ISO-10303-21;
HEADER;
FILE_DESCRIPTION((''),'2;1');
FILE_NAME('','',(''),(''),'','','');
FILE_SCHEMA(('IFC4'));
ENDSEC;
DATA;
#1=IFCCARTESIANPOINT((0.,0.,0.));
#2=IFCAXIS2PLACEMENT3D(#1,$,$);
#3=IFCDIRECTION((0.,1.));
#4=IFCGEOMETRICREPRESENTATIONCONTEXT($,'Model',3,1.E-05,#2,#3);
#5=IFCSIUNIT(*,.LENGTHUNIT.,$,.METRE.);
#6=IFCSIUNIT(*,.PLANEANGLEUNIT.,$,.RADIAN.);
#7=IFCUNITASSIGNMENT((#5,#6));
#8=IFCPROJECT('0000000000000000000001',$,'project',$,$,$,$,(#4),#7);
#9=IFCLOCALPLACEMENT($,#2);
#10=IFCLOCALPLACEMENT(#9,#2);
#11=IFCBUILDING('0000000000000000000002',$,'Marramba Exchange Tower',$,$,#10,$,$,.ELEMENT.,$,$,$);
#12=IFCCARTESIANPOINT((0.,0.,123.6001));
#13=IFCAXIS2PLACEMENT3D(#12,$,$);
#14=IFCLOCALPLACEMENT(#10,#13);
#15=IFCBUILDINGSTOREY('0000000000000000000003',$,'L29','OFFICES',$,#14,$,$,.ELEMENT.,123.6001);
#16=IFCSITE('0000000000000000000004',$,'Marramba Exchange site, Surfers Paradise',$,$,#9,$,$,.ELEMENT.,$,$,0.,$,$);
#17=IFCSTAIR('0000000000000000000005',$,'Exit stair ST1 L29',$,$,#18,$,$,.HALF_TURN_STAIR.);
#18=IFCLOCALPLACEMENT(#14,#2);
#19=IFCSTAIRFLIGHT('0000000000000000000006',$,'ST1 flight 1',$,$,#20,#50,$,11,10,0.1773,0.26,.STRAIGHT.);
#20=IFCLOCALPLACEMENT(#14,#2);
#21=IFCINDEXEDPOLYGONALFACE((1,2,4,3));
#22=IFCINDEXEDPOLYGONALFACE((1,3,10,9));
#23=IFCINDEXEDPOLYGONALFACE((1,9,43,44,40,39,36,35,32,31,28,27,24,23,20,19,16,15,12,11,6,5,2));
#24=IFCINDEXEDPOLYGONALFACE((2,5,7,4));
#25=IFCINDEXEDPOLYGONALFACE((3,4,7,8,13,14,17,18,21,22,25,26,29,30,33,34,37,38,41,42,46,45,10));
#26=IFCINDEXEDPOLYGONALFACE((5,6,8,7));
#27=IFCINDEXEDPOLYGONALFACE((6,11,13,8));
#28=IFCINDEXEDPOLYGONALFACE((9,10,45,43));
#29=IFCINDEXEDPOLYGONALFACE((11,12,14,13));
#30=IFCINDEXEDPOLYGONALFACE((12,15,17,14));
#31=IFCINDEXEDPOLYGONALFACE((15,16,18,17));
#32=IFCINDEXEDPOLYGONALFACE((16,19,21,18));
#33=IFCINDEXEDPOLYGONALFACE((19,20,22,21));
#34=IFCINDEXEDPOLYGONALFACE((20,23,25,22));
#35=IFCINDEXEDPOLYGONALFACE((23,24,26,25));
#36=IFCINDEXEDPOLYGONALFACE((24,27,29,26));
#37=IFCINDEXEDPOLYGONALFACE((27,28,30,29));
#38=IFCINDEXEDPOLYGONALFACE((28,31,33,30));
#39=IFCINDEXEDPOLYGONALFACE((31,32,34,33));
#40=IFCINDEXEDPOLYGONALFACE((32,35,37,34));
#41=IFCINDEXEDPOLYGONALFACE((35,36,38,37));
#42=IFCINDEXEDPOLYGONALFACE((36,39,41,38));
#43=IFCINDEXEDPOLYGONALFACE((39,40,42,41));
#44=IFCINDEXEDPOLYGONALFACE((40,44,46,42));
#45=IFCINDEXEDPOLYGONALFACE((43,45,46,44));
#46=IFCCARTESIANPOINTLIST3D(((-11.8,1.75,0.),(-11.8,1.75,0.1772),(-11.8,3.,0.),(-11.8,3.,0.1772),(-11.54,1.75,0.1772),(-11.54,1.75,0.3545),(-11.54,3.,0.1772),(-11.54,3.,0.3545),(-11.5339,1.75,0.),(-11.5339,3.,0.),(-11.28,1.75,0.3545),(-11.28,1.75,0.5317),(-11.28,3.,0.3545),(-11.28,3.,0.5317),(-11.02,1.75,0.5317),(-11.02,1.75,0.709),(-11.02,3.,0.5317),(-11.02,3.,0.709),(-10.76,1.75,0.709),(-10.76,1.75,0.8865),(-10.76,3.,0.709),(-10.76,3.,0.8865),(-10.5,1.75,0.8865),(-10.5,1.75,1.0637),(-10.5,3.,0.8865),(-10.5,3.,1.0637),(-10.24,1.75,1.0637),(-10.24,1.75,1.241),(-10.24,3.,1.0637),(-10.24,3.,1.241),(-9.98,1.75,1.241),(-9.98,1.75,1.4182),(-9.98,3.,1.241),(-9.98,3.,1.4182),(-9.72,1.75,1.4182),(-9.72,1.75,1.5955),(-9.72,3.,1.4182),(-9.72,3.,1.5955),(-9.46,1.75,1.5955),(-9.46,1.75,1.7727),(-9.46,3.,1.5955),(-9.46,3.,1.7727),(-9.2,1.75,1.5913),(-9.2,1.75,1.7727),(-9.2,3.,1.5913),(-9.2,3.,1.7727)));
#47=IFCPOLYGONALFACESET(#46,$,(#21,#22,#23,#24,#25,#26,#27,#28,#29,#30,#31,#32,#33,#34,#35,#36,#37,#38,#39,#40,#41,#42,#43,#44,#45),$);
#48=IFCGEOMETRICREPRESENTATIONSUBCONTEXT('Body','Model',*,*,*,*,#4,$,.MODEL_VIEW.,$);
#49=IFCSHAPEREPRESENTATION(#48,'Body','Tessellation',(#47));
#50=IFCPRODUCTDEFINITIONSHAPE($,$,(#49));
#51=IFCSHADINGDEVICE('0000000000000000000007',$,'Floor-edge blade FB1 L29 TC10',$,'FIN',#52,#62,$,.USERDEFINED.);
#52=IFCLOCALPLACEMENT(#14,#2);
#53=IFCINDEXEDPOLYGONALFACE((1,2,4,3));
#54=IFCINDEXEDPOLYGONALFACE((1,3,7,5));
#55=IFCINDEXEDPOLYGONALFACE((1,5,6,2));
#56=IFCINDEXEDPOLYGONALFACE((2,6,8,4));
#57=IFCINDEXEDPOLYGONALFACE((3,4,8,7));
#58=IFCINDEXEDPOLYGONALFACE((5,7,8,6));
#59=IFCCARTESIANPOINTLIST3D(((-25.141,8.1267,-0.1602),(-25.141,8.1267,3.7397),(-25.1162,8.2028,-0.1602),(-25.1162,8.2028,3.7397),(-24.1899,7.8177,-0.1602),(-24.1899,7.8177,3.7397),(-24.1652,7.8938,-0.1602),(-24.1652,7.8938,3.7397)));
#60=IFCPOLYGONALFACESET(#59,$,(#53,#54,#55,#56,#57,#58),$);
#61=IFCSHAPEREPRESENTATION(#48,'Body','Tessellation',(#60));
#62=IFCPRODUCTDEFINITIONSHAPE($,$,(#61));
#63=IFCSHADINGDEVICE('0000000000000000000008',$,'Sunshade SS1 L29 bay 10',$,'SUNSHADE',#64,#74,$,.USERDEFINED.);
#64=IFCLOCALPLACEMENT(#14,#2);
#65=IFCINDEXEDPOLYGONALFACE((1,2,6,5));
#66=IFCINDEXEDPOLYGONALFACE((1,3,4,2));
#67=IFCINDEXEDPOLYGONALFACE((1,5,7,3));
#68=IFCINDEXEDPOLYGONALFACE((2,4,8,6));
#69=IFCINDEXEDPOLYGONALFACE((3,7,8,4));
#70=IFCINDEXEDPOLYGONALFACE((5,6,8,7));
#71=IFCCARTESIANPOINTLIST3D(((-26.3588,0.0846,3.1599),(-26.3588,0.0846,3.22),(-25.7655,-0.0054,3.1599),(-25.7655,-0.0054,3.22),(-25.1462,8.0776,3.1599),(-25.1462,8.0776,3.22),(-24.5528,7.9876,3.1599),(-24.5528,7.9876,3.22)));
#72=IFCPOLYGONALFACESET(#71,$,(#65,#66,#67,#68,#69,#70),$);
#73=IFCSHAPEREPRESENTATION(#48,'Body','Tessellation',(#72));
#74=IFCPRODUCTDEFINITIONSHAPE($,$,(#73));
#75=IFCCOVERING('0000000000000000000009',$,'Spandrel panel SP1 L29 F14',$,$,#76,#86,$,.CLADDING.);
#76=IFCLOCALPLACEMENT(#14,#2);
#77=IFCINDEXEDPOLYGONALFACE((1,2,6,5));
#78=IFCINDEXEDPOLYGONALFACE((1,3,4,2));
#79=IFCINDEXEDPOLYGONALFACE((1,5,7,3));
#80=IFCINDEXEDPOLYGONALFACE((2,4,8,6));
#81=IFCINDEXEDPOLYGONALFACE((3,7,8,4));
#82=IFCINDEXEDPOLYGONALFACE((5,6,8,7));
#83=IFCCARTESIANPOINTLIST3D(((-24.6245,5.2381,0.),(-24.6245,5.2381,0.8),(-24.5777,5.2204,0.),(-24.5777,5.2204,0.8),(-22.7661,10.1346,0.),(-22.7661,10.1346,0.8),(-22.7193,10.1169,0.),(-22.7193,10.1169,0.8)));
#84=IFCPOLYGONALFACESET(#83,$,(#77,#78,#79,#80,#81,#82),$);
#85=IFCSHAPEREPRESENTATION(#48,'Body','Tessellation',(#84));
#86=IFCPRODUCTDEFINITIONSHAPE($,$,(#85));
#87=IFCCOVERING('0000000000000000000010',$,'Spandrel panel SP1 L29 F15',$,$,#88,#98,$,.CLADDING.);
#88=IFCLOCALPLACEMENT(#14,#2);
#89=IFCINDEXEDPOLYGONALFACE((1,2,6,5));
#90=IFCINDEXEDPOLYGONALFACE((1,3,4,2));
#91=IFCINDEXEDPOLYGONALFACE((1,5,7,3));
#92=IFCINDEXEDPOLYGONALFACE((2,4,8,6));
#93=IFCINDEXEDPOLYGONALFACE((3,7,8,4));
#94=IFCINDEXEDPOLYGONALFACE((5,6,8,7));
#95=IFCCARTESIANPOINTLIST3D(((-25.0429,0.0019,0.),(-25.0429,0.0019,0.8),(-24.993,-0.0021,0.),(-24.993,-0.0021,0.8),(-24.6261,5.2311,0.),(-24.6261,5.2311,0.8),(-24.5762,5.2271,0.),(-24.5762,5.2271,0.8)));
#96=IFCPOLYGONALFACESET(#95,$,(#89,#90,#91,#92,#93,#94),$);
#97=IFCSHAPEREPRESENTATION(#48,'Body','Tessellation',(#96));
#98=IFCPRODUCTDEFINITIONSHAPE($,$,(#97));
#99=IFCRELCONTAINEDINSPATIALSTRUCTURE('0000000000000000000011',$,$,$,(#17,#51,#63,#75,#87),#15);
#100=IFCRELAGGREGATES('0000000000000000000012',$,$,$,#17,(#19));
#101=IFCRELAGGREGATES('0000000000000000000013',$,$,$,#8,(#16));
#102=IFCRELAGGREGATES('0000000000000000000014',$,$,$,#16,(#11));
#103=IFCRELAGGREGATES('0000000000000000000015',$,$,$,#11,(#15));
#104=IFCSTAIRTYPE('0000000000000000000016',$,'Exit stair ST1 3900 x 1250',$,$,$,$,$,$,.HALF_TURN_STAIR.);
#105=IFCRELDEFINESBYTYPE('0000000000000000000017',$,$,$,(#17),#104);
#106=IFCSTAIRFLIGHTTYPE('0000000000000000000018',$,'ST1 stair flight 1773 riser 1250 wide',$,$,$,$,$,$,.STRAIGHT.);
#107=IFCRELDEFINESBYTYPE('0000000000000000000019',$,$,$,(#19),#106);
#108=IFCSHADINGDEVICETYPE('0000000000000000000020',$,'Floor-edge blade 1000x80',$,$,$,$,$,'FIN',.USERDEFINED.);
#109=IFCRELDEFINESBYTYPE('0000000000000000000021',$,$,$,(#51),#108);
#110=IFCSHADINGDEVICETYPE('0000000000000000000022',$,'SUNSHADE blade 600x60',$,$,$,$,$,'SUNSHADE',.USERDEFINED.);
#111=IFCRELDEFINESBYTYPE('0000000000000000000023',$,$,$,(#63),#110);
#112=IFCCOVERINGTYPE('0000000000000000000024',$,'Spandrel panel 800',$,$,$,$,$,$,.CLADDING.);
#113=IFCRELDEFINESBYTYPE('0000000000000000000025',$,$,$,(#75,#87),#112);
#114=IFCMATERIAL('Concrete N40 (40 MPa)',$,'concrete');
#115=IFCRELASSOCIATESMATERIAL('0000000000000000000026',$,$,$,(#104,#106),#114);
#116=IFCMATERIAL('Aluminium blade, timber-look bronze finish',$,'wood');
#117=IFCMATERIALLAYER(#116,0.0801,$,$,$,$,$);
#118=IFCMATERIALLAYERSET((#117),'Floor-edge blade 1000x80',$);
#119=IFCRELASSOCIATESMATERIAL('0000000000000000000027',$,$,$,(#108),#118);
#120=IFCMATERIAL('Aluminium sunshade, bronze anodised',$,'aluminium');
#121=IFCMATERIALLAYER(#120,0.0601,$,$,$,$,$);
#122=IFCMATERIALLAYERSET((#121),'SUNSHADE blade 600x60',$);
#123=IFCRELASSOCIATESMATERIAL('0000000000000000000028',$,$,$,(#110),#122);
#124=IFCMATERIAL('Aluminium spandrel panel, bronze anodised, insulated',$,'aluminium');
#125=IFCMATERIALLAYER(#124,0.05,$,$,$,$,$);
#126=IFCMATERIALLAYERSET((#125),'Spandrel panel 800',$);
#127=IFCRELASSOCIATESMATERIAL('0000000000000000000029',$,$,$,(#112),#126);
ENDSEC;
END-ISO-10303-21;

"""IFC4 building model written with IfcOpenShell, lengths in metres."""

from ifc_helpers import new_model, si_unit, direction, frame, origin, origin_2d, place, context, subcontext, project, spatial, polyline, rectangle, outline, extrude, material, layer, layer_set, type_object, element, aggregate, save


model = new_model("IFC4")

# Units and contexts
model_context = context("Model", 3, precision=1e-05, world=origin(), true_north=direction((0.0, 1.0)))
body_context = subcontext(model_context, "Body", "Model", "MODEL_VIEW")
ifc_project = project(units=[si_unit("LENGTHUNIT", "METRE"), si_unit("PLANEANGLEUNIT", "RADIAN")], contexts=[model_context])

# Site, building, storey
site_placement = place(None, origin())
site = spatial("IfcSite", under=ifc_project, at=site_placement, Name="Marramba Exchange site, Surfers Paradise", CompositionType="ELEMENT", RefElevation=0.0)
building_placement = place(site_placement, origin())
building = spatial("IfcBuilding", under=site, at=building_placement, Name="Marramba Exchange Tower", CompositionType="ELEMENT")
storey_placement = place(building_placement, frame((0.0, 0.0, 123.6001)))
storey = spatial("IfcBuildingStorey", under=building, at=storey_placement, Name="L29", Description="OFFICES", CompositionType="ELEMENT", Elevation=123.6001)

# Stair, stair flight
ifc_material_1 = material(Name="Concrete N40 (40 MPa)", Category="concrete")
stair_type = type_object("IfcStairType", Name="Exit stair ST1 3900 x 1250", PredefinedType="HALF_TURN_STAIR", material=ifc_material_1)
stair_placement = place(storey_placement, origin())
stair = element("IfcStair", 1, at=stair_placement, inside=storey, type_object=stair_type, Name="Exit stair ST1 L29", PredefinedType="HALF_TURN_STAIR")
stair_flight_type = type_object("IfcStairFlightType", Name="ST1 stair flight 1773 riser 1250 wide", PredefinedType="STRAIGHT", material=ifc_material_1)
stair_flight_placement = place(storey_placement, frame((-11.8, 2.375, 0.0), z_axis=(0.0, 0.0, 1.0), x_axis=(1.0, 0.0, 0.0)))
stair_flight = element("IfcStairFlight", 2, at=stair_flight_placement, type_object=stair_flight_type, Name="ST1 flight 1", NumberOfRisers=11, NumberOfTreads=10, PredefinedType="STRAIGHT", RiserHeight=0.1773, TreadLength=0.26, context=body_context, shape_type="SweptSolid", body=[
    extrude(outline(polyline([(0.0, 0.0), (0.0, 0.1772), (0.26, 0.1772), (0.26, 0.3545), (0.52, 0.3545), (0.52, 0.5317), (0.78, 0.5317), (0.78, 0.709), (1.04, 0.709), (1.04, 0.8865), (1.3, 0.8865), (1.3, 1.0637), (1.5601, 1.0637), (1.5601, 1.241), (1.8201, 1.241), (1.8201, 1.4182), (2.0801, 1.4182), (2.0801, 1.5955), (2.3401, 1.5955), (2.3401, 1.7727), (2.6001, 1.7727), (2.6001, 1.95), (2.6001, 1.5913), (0.2661, 0.0), (0.0, 0.0)])), frame((0.0, 0.625, 0.0), z_axis=(0.0, -1.0, 0.0), x_axis=(1.0, 0.0, 0.0)), (0.0, 0.0, 1.0), 1.25),
])
aggregate(stair, [stair_flight])

# Shading devices
ifc_material_2 = material(Name="Aluminium blade, timber-look bronze finish", Category="wood")
ifc_layer_1 = layer(ifc_material_2, 0.0801)
ifc_layer_set_1 = layer_set([ifc_layer_1], Name="Floor-edge blade 1000x80")
shading_device_type_1 = type_object("IfcShadingDeviceType", Name="Floor-edge blade 1000x80", ElementType="FIN", PredefinedType="USERDEFINED", material=ifc_layer_set_1)
shading_device_1_placement = place(storey_placement, frame((-24.6531, 8.0103, -0.1602), z_axis=(0.0, 0.0, 1.0), x_axis=(-0.951057, 0.309017, 0.0)))
element("IfcShadingDevice", 3, at=shading_device_1_placement, inside=storey, type_object=shading_device_type_1, Name="Floor-edge blade FB1 L29 TC10", ObjectType="FIN", PredefinedType="USERDEFINED", context=body_context, shape_type="SweptSolid", body=[
    extrude(rectangle(XDim=1.0, YDim=0.0801, at=origin_2d()), origin(), (0.0, 0.0, 1.0), 3.8999),
])
ifc_material_3 = material(Name="Aluminium sunshade, bronze anodised", Category="aluminium")
ifc_layer_2 = layer(ifc_material_3, 0.0601)
ifc_layer_set_2 = layer_set([ifc_layer_2], Name="SUNSHADE blade 600x60")
shading_device_type_2 = type_object("IfcShadingDeviceType", Name="SUNSHADE blade 600x60", ElementType="SUNSHADE", PredefinedType="USERDEFINED", material=ifc_layer_set_2)
shading_device_2_placement = place(storey_placement, frame((-25.4558, 4.0361, 3.1599), z_axis=(0.0, 0.0, 1.0), x_axis=(-0.149993, -0.988687, 0.0)))
element("IfcShadingDevice", 4, at=shading_device_2_placement, inside=storey, type_object=shading_device_type_2, Name="Sunshade SS1 L29 bay 10", ObjectType="SUNSHADE", PredefinedType="USERDEFINED", context=body_context, shape_type="SweptSolid", body=[
    extrude(rectangle(XDim=8.0845, YDim=0.6001, at=origin_2d()), origin(), (0.0, 0.0, 1.0), 0.0601),
])

# Coverings
ifc_material_4 = material(Name="Aluminium spandrel panel, bronze anodised, insulated", Category="aluminium")
ifc_layer_3 = layer(ifc_material_4, 0.05)
ifc_layer_set_3 = layer_set([ifc_layer_3], Name="Spandrel panel 800")
covering_type = type_object("IfcCoveringType", Name="Spandrel panel 800", PredefinedType="CLADDING", material=ifc_layer_set_3)
covering_1_placement = place(storey_placement, frame((-23.6719, 7.6775, 0.0), z_axis=(0.0, 0.0, 1.0), x_axis=(-0.354844, -0.934925, 0.0)))
element("IfcCovering", 5, at=covering_1_placement, inside=storey, type_object=covering_type, Name="Spandrel panel SP1 L29 F14", PredefinedType="CLADDING", context=body_context, shape_type="SweptSolid", body=[
    extrude(rectangle(XDim=5.2373, YDim=0.05, at=origin_2d()), origin(), (0.0, 0.0, 1.0), 0.8),
])
covering_2_placement = place(storey_placement, frame((-24.8096, 2.6145, 0.0), z_axis=(0.0, 0.0, 1.0), x_axis=(-0.07946, -0.996838, 0.0)))
element("IfcCovering", 6, at=covering_2_placement, inside=storey, type_object=covering_type, Name="Spandrel panel SP1 L29 F15", PredefinedType="CLADDING", context=body_context, shape_type="SweptSolid", body=[
    extrude(rectangle(XDim=5.2458, YDim=0.05, at=origin_2d()), origin(), (0.0, 0.0, 1.0), 0.8),
])

save(model, "model.ifc")
